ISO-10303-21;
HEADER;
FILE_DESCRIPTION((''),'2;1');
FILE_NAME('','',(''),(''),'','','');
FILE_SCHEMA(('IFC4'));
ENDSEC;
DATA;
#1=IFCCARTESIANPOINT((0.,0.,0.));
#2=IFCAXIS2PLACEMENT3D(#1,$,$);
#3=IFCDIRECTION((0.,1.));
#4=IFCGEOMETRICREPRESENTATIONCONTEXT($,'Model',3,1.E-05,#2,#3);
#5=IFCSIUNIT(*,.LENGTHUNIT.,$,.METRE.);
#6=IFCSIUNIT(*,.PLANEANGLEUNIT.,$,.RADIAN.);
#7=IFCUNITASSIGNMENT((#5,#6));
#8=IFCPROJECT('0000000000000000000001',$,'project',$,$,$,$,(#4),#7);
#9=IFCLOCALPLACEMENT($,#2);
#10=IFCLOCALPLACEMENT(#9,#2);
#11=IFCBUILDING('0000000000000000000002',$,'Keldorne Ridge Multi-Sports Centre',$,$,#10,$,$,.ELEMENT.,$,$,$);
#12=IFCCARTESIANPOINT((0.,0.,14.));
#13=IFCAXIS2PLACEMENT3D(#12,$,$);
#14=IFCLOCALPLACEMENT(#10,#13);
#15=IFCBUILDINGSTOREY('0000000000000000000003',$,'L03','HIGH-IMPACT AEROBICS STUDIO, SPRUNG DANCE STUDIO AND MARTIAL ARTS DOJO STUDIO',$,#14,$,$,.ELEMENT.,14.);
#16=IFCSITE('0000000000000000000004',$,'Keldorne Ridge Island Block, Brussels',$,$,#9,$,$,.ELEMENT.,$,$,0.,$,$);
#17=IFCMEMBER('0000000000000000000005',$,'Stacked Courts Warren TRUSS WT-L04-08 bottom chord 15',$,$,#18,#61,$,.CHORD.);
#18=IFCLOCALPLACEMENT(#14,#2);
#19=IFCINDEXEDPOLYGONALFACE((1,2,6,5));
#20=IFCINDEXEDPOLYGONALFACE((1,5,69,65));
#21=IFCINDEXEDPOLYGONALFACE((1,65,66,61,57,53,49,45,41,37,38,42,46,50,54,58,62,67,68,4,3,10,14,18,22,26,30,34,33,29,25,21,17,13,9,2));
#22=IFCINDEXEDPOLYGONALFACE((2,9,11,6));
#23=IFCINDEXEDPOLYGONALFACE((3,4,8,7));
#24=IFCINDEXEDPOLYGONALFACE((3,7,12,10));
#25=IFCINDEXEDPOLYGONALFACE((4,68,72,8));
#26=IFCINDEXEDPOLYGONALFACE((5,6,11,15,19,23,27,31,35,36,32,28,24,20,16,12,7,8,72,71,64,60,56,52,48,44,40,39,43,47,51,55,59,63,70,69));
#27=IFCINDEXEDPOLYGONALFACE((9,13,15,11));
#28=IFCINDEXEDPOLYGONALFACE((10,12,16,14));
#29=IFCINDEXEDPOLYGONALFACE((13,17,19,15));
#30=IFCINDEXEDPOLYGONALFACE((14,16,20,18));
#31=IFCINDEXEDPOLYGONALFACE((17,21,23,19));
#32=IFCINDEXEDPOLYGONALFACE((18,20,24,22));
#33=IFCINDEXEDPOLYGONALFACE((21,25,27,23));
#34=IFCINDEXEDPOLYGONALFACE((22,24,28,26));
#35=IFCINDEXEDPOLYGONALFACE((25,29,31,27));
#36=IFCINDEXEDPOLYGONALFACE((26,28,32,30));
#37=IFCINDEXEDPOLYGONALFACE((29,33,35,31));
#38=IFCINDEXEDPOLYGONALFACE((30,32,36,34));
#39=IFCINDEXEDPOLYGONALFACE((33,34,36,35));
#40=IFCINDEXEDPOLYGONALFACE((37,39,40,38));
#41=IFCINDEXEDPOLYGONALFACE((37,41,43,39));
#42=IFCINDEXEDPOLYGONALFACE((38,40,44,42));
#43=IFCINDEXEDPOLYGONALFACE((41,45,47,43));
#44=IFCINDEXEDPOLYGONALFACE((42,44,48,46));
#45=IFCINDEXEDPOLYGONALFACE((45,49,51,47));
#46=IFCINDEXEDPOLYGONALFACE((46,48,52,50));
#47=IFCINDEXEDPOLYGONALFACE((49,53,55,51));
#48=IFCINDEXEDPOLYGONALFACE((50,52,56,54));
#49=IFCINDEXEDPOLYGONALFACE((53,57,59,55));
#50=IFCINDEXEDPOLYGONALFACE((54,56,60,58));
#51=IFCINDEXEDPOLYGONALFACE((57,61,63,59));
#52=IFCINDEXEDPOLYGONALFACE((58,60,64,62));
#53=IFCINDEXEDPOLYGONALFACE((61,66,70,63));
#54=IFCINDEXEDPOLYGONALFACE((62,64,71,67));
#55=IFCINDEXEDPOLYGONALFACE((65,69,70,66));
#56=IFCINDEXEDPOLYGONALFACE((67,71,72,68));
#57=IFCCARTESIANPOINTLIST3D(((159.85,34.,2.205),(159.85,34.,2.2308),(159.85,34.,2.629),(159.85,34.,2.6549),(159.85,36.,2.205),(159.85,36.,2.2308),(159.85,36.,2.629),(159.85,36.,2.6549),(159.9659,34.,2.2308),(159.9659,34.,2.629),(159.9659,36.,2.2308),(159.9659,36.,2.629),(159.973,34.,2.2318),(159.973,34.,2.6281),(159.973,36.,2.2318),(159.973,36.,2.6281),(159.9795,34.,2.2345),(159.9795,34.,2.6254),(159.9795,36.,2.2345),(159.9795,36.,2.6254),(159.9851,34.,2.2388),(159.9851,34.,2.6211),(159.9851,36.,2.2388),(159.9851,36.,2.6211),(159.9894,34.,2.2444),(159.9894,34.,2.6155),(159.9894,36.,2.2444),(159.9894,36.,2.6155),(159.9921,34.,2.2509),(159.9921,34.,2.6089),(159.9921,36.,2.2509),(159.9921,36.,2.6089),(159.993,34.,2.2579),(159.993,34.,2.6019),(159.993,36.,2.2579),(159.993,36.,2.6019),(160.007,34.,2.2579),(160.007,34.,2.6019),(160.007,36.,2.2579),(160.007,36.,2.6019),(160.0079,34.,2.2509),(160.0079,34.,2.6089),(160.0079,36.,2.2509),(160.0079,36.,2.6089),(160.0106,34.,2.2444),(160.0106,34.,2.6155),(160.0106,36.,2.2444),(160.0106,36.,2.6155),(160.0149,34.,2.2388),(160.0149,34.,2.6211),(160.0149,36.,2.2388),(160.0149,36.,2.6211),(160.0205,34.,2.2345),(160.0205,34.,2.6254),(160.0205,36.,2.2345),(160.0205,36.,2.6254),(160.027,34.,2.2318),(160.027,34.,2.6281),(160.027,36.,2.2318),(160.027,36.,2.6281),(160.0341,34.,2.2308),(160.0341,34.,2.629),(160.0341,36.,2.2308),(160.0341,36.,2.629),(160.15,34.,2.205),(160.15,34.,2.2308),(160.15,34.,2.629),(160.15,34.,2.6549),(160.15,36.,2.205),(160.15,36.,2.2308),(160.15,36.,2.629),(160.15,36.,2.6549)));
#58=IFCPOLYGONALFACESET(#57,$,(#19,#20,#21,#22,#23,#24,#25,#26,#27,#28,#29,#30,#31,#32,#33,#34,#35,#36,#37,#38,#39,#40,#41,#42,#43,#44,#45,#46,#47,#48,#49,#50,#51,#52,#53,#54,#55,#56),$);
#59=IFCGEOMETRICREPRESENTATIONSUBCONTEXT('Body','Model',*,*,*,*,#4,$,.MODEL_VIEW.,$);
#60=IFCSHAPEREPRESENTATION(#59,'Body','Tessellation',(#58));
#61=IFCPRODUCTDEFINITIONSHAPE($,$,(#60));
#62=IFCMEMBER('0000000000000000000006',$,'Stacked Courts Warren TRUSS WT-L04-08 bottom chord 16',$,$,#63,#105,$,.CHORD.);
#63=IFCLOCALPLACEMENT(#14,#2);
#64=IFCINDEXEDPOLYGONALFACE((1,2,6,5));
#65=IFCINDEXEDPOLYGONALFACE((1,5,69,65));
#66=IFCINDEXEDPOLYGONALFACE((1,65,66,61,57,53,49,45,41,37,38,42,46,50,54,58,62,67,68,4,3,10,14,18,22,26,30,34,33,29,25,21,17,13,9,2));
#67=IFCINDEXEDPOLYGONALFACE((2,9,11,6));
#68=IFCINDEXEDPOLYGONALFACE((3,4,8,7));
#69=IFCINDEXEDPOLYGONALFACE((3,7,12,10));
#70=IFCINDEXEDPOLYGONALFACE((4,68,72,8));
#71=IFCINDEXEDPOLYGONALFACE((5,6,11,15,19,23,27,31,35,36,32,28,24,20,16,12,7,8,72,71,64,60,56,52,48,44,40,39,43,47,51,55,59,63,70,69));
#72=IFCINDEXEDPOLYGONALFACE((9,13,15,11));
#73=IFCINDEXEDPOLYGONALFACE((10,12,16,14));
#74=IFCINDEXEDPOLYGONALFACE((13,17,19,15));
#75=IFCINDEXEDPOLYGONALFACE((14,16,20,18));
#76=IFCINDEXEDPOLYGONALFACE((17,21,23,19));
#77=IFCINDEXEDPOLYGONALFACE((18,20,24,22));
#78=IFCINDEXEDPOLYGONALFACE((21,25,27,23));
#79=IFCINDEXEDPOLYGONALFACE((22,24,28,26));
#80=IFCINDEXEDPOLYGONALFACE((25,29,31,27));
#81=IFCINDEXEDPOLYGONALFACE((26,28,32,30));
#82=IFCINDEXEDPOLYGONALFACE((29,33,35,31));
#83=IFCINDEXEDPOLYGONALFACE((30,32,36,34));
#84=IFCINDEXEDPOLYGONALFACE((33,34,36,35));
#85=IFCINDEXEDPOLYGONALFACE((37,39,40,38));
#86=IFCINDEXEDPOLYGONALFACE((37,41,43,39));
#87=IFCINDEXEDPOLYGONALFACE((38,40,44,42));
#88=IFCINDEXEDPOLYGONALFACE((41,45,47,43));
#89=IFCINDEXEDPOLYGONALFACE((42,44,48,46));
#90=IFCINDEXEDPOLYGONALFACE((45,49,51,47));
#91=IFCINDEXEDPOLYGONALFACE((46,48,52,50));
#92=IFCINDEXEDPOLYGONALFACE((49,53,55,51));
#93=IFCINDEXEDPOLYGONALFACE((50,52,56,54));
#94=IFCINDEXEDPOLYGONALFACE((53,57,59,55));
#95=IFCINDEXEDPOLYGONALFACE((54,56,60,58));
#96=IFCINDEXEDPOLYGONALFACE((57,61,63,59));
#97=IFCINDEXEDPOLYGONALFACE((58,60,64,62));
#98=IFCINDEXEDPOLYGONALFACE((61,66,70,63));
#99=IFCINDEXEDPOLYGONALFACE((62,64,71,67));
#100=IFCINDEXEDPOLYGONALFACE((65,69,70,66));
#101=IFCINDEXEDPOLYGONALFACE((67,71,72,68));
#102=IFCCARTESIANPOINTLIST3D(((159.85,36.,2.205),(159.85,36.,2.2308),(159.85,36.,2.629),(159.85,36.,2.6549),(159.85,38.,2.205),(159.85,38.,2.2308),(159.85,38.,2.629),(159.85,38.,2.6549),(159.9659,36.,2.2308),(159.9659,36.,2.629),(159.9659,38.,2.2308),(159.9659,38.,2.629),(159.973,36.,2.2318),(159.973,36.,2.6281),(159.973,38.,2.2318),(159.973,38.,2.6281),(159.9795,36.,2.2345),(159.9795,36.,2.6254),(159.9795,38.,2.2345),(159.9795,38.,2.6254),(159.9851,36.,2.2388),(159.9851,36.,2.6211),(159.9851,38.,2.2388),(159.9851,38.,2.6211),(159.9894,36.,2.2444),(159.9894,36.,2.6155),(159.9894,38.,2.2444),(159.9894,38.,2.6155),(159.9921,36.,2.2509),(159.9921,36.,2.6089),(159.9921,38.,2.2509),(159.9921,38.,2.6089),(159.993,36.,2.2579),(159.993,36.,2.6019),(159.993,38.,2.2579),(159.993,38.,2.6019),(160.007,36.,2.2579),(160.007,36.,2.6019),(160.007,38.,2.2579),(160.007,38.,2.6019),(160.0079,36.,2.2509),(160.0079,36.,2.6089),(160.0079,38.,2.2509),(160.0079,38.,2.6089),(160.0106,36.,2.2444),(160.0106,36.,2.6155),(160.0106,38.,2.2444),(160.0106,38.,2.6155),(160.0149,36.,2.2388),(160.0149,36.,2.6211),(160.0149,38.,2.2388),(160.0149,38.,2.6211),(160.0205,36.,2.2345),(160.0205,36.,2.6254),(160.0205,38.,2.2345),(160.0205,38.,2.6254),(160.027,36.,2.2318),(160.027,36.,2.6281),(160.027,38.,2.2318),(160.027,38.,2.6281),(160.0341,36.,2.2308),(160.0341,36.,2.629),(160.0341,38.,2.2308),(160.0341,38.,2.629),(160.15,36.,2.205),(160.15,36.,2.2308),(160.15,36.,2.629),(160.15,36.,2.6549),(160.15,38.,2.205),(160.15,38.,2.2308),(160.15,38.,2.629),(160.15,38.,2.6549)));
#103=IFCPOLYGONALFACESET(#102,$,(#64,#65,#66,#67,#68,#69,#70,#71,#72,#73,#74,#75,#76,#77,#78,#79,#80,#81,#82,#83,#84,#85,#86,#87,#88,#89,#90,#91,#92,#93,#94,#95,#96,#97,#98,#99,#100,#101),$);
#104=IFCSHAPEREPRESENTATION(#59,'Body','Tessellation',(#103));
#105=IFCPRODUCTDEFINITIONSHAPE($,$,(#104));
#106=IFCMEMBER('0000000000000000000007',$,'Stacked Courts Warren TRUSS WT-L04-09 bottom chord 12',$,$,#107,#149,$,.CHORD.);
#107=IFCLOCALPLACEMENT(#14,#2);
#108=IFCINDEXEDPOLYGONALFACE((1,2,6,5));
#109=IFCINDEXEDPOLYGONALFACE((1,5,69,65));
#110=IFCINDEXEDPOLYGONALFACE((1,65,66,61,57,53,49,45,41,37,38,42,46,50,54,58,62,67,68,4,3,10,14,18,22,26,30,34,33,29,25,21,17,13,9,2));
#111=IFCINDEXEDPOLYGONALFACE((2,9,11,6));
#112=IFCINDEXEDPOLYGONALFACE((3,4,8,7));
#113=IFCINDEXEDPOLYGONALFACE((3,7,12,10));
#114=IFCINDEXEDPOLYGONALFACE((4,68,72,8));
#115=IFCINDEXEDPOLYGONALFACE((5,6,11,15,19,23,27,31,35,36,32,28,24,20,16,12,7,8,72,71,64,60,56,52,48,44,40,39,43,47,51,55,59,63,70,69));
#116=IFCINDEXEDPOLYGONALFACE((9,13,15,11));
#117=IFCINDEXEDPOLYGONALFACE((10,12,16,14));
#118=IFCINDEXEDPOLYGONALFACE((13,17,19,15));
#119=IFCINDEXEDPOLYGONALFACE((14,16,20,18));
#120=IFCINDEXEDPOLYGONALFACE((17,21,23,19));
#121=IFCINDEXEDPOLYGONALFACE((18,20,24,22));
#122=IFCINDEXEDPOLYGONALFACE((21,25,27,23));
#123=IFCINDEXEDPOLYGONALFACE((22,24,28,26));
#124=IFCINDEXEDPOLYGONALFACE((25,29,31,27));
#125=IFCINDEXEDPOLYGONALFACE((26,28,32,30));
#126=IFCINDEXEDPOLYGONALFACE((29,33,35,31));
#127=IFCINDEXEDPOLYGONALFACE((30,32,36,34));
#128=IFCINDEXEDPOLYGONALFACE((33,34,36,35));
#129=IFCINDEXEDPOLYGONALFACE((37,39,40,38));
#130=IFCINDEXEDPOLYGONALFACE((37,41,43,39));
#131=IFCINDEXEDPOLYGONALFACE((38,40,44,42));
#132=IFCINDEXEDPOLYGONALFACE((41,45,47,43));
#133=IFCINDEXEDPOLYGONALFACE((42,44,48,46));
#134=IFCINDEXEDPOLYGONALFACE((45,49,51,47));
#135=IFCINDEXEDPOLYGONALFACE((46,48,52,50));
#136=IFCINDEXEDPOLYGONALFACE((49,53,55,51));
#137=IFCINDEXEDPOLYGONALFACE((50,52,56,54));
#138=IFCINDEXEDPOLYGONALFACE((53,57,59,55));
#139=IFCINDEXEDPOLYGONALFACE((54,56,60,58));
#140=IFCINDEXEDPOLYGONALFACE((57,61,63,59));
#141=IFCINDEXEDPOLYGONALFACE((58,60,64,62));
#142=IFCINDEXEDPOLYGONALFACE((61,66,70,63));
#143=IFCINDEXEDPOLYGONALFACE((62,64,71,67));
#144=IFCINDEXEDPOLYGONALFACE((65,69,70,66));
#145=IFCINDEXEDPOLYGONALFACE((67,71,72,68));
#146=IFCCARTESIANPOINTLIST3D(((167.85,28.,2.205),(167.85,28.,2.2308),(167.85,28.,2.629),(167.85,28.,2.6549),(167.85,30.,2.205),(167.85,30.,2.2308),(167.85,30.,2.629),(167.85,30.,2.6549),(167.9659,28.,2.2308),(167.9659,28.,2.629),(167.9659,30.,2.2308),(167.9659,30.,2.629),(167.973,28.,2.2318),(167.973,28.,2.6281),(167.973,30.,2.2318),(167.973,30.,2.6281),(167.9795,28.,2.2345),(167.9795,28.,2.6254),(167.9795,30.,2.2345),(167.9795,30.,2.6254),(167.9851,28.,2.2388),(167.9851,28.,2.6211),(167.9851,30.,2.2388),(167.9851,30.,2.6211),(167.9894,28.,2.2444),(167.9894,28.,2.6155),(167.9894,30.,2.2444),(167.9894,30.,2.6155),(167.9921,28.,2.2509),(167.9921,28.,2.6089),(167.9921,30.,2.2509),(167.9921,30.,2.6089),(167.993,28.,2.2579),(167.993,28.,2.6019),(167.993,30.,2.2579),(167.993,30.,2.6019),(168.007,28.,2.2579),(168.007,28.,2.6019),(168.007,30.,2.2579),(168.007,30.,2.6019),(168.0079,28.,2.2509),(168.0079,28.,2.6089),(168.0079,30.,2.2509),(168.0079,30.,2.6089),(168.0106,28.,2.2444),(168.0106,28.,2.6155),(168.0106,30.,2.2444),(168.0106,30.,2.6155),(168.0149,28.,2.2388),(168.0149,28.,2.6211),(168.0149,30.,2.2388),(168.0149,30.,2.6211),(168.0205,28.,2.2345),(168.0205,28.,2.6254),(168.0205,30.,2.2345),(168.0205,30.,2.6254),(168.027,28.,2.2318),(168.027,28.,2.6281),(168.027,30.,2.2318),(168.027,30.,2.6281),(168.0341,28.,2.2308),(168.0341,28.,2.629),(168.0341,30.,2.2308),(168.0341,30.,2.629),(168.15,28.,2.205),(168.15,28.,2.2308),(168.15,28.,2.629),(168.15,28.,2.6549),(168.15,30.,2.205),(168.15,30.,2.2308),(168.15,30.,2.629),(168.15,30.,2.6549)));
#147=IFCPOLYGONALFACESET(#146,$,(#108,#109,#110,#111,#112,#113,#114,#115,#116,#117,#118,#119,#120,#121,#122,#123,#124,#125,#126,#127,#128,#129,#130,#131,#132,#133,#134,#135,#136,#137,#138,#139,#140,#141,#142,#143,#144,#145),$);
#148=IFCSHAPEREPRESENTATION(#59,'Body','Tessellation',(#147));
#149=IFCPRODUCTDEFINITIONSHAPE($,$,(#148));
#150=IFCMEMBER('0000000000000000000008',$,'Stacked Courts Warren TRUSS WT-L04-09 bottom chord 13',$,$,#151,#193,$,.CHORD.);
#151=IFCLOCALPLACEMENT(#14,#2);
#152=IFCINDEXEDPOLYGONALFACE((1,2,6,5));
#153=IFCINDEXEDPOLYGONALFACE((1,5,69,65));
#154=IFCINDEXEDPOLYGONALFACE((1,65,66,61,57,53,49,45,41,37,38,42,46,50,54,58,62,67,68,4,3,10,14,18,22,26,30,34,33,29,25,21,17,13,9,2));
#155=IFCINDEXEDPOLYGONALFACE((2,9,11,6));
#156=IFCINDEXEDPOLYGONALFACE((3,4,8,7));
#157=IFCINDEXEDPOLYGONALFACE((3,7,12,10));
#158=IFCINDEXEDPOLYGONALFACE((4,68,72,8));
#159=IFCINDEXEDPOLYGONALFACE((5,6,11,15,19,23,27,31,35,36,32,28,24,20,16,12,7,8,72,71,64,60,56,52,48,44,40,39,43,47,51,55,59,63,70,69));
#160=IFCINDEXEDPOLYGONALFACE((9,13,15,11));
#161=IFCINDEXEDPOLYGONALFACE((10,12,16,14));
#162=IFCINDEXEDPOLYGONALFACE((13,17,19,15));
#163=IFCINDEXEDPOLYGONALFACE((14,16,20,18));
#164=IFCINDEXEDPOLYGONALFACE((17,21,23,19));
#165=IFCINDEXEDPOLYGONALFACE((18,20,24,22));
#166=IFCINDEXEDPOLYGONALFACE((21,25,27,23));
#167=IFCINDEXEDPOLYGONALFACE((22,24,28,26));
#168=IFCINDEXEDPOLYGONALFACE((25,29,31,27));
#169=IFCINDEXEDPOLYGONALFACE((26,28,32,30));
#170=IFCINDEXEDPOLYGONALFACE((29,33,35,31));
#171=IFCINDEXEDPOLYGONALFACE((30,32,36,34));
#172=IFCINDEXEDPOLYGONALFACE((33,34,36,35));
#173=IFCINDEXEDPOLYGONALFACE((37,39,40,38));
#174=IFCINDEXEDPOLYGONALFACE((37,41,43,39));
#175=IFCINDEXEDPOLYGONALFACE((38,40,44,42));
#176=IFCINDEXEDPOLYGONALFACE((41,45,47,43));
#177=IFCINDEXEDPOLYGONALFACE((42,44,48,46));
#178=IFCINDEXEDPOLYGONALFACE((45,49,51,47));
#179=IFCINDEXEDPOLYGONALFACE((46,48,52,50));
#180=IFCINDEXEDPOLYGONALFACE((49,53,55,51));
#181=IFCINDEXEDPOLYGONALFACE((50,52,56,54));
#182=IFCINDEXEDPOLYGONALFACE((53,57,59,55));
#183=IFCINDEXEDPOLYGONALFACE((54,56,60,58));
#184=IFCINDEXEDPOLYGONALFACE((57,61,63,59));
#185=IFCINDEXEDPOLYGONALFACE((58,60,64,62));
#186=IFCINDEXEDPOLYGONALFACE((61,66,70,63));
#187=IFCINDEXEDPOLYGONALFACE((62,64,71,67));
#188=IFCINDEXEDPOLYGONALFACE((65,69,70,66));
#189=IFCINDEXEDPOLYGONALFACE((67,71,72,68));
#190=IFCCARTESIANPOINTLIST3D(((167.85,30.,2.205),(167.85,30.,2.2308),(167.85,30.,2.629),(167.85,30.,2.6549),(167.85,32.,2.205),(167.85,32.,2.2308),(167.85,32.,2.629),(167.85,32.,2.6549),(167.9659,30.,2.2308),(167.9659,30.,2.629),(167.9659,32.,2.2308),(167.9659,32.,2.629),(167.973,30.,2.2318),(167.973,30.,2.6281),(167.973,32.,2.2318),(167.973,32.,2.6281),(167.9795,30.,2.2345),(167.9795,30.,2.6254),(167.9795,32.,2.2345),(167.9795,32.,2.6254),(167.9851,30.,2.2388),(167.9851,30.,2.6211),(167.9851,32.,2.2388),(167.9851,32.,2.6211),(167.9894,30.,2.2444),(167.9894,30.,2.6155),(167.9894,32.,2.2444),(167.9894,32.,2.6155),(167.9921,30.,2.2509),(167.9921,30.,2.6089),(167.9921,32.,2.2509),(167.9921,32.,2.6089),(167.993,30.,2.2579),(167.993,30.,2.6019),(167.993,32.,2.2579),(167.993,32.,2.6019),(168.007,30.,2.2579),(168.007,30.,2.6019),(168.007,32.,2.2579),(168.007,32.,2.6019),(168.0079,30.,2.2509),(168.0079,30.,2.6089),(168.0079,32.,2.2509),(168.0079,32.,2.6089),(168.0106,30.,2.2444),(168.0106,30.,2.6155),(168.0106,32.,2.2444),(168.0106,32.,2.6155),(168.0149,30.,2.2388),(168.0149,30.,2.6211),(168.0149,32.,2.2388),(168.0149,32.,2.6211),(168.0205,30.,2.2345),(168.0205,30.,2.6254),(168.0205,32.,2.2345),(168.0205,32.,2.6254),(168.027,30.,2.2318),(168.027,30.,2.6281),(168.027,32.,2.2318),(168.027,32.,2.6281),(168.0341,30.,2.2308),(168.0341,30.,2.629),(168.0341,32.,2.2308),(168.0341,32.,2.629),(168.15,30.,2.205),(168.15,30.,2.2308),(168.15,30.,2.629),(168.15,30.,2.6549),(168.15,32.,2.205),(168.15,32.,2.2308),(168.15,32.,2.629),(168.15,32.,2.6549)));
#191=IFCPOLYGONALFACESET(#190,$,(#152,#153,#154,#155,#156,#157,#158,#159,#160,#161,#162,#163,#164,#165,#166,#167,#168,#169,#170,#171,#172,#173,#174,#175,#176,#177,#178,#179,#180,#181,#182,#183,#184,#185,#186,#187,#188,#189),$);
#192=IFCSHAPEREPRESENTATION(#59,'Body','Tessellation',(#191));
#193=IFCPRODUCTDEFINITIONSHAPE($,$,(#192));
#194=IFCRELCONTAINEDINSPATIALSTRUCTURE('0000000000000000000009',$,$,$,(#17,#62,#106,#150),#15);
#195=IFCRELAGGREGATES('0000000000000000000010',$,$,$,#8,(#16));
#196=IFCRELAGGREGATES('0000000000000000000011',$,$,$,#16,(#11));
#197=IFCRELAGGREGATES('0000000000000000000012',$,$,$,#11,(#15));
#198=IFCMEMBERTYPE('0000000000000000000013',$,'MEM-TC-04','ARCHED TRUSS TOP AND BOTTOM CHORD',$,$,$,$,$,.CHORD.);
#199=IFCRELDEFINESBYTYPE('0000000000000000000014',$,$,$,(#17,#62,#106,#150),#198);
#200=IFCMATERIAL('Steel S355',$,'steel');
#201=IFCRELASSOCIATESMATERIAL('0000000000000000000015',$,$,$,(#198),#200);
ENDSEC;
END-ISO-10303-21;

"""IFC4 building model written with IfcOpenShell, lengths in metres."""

from ifc_helpers import new_model, si_unit, direction, frame, origin, origin_2d, place, context, subcontext, project, spatial, i_section, extrude, material, material_profile, profile_set, type_object, element, save


model = new_model("IFC4")

# Units and contexts
model_context = context("Model", 3, precision=1e-05, world=origin(), true_north=direction((0.0, 1.0)))
body_context = subcontext(model_context, "Body", "Model", "MODEL_VIEW")
ifc_project = project(units=[si_unit("LENGTHUNIT", "METRE"), si_unit("PLANEANGLEUNIT", "RADIAN")], contexts=[model_context])

# Site, building, storey
site_placement = place(None, origin())
site = spatial("IfcSite", under=ifc_project, at=site_placement, Name="Keldorne Ridge Island Block, Brussels", CompositionType="ELEMENT", RefElevation=0.0)
building_placement = place(site_placement, origin())
building = spatial("IfcBuilding", under=site, at=building_placement, Name="Keldorne Ridge Multi-Sports Centre", CompositionType="ELEMENT")
storey_placement = place(building_placement, frame((0.0, 0.0, 14.0)))
storey = spatial("IfcBuildingStorey", under=building, at=storey_placement, Name="L03", Description="HIGH-IMPACT AEROBICS STUDIO, SPRUNG DANCE STUDIO AND MARTIAL ARTS DOJO STUDIO", CompositionType="ELEMENT", Elevation=14.0)

# Shared definitions
ifc_material_1 = material(Name="Steel S355", Category="steel")

# Members
ifc_material_profile_1 = material_profile(ifc_material_1, i_section(OverallWidth=0.3, OverallDepth=0.45, WebThickness=0.0139, FlangeThickness=0.0259, FilletRadius=0.0271, at=origin_2d()), Name="HEB 450")
ifc_profile_set_1 = profile_set([ifc_material_profile_1], Name="Steel S355")
member_type_1 = type_object("IfcMemberType", Name="MEM-TC-04", Description="ARCHED TRUSS TOP AND BOTTOM CHORD", PredefinedType="CHORD", material=ifc_profile_set_1)
for number, where, z_axis, x_axis, name in (
    (1, (160.0, 34.0, 2.4299), (0.0, 1.0, 0.0), (-1.0, 0.0, 0.0), "Stacked Courts Warren TRUSS WT-L04-08 bottom chord 15"),
    (2, (160.0, 36.0, 2.4299), (0.0, 1.0, 0.0), (-1.0, 0.0, 0.0), "Stacked Courts Warren TRUSS WT-L04-08 bottom chord 16"),
    (3, (168.0, 28.0, 2.4299), (0.0, 1.0, 0.0), (-1.0, 0.0, 0.0), "Stacked Courts Warren TRUSS WT-L04-09 bottom chord 12"),
    (4, (168.0, 30.0, 2.4299), (0.0, 1.0, 0.0), (-1.0, 0.0, 0.0), "Stacked Courts Warren TRUSS WT-L04-09 bottom chord 13"),
):
    element("IfcMember", number, at=place(storey_placement, frame(where, z_axis=z_axis, x_axis=x_axis)), inside=storey, type_object=member_type_1, Name=name, PredefinedType="CHORD", context=body_context, shape_type="SweptSolid", body=[
        extrude(i_section(OverallWidth=0.3, OverallDepth=0.45, WebThickness=0.0139, FlangeThickness=0.0259, FilletRadius=0.0271, at=origin_2d()), origin(), (0.0, 0.0, 1.0), 2.0),
    ])

save(model, "model.ifc")
